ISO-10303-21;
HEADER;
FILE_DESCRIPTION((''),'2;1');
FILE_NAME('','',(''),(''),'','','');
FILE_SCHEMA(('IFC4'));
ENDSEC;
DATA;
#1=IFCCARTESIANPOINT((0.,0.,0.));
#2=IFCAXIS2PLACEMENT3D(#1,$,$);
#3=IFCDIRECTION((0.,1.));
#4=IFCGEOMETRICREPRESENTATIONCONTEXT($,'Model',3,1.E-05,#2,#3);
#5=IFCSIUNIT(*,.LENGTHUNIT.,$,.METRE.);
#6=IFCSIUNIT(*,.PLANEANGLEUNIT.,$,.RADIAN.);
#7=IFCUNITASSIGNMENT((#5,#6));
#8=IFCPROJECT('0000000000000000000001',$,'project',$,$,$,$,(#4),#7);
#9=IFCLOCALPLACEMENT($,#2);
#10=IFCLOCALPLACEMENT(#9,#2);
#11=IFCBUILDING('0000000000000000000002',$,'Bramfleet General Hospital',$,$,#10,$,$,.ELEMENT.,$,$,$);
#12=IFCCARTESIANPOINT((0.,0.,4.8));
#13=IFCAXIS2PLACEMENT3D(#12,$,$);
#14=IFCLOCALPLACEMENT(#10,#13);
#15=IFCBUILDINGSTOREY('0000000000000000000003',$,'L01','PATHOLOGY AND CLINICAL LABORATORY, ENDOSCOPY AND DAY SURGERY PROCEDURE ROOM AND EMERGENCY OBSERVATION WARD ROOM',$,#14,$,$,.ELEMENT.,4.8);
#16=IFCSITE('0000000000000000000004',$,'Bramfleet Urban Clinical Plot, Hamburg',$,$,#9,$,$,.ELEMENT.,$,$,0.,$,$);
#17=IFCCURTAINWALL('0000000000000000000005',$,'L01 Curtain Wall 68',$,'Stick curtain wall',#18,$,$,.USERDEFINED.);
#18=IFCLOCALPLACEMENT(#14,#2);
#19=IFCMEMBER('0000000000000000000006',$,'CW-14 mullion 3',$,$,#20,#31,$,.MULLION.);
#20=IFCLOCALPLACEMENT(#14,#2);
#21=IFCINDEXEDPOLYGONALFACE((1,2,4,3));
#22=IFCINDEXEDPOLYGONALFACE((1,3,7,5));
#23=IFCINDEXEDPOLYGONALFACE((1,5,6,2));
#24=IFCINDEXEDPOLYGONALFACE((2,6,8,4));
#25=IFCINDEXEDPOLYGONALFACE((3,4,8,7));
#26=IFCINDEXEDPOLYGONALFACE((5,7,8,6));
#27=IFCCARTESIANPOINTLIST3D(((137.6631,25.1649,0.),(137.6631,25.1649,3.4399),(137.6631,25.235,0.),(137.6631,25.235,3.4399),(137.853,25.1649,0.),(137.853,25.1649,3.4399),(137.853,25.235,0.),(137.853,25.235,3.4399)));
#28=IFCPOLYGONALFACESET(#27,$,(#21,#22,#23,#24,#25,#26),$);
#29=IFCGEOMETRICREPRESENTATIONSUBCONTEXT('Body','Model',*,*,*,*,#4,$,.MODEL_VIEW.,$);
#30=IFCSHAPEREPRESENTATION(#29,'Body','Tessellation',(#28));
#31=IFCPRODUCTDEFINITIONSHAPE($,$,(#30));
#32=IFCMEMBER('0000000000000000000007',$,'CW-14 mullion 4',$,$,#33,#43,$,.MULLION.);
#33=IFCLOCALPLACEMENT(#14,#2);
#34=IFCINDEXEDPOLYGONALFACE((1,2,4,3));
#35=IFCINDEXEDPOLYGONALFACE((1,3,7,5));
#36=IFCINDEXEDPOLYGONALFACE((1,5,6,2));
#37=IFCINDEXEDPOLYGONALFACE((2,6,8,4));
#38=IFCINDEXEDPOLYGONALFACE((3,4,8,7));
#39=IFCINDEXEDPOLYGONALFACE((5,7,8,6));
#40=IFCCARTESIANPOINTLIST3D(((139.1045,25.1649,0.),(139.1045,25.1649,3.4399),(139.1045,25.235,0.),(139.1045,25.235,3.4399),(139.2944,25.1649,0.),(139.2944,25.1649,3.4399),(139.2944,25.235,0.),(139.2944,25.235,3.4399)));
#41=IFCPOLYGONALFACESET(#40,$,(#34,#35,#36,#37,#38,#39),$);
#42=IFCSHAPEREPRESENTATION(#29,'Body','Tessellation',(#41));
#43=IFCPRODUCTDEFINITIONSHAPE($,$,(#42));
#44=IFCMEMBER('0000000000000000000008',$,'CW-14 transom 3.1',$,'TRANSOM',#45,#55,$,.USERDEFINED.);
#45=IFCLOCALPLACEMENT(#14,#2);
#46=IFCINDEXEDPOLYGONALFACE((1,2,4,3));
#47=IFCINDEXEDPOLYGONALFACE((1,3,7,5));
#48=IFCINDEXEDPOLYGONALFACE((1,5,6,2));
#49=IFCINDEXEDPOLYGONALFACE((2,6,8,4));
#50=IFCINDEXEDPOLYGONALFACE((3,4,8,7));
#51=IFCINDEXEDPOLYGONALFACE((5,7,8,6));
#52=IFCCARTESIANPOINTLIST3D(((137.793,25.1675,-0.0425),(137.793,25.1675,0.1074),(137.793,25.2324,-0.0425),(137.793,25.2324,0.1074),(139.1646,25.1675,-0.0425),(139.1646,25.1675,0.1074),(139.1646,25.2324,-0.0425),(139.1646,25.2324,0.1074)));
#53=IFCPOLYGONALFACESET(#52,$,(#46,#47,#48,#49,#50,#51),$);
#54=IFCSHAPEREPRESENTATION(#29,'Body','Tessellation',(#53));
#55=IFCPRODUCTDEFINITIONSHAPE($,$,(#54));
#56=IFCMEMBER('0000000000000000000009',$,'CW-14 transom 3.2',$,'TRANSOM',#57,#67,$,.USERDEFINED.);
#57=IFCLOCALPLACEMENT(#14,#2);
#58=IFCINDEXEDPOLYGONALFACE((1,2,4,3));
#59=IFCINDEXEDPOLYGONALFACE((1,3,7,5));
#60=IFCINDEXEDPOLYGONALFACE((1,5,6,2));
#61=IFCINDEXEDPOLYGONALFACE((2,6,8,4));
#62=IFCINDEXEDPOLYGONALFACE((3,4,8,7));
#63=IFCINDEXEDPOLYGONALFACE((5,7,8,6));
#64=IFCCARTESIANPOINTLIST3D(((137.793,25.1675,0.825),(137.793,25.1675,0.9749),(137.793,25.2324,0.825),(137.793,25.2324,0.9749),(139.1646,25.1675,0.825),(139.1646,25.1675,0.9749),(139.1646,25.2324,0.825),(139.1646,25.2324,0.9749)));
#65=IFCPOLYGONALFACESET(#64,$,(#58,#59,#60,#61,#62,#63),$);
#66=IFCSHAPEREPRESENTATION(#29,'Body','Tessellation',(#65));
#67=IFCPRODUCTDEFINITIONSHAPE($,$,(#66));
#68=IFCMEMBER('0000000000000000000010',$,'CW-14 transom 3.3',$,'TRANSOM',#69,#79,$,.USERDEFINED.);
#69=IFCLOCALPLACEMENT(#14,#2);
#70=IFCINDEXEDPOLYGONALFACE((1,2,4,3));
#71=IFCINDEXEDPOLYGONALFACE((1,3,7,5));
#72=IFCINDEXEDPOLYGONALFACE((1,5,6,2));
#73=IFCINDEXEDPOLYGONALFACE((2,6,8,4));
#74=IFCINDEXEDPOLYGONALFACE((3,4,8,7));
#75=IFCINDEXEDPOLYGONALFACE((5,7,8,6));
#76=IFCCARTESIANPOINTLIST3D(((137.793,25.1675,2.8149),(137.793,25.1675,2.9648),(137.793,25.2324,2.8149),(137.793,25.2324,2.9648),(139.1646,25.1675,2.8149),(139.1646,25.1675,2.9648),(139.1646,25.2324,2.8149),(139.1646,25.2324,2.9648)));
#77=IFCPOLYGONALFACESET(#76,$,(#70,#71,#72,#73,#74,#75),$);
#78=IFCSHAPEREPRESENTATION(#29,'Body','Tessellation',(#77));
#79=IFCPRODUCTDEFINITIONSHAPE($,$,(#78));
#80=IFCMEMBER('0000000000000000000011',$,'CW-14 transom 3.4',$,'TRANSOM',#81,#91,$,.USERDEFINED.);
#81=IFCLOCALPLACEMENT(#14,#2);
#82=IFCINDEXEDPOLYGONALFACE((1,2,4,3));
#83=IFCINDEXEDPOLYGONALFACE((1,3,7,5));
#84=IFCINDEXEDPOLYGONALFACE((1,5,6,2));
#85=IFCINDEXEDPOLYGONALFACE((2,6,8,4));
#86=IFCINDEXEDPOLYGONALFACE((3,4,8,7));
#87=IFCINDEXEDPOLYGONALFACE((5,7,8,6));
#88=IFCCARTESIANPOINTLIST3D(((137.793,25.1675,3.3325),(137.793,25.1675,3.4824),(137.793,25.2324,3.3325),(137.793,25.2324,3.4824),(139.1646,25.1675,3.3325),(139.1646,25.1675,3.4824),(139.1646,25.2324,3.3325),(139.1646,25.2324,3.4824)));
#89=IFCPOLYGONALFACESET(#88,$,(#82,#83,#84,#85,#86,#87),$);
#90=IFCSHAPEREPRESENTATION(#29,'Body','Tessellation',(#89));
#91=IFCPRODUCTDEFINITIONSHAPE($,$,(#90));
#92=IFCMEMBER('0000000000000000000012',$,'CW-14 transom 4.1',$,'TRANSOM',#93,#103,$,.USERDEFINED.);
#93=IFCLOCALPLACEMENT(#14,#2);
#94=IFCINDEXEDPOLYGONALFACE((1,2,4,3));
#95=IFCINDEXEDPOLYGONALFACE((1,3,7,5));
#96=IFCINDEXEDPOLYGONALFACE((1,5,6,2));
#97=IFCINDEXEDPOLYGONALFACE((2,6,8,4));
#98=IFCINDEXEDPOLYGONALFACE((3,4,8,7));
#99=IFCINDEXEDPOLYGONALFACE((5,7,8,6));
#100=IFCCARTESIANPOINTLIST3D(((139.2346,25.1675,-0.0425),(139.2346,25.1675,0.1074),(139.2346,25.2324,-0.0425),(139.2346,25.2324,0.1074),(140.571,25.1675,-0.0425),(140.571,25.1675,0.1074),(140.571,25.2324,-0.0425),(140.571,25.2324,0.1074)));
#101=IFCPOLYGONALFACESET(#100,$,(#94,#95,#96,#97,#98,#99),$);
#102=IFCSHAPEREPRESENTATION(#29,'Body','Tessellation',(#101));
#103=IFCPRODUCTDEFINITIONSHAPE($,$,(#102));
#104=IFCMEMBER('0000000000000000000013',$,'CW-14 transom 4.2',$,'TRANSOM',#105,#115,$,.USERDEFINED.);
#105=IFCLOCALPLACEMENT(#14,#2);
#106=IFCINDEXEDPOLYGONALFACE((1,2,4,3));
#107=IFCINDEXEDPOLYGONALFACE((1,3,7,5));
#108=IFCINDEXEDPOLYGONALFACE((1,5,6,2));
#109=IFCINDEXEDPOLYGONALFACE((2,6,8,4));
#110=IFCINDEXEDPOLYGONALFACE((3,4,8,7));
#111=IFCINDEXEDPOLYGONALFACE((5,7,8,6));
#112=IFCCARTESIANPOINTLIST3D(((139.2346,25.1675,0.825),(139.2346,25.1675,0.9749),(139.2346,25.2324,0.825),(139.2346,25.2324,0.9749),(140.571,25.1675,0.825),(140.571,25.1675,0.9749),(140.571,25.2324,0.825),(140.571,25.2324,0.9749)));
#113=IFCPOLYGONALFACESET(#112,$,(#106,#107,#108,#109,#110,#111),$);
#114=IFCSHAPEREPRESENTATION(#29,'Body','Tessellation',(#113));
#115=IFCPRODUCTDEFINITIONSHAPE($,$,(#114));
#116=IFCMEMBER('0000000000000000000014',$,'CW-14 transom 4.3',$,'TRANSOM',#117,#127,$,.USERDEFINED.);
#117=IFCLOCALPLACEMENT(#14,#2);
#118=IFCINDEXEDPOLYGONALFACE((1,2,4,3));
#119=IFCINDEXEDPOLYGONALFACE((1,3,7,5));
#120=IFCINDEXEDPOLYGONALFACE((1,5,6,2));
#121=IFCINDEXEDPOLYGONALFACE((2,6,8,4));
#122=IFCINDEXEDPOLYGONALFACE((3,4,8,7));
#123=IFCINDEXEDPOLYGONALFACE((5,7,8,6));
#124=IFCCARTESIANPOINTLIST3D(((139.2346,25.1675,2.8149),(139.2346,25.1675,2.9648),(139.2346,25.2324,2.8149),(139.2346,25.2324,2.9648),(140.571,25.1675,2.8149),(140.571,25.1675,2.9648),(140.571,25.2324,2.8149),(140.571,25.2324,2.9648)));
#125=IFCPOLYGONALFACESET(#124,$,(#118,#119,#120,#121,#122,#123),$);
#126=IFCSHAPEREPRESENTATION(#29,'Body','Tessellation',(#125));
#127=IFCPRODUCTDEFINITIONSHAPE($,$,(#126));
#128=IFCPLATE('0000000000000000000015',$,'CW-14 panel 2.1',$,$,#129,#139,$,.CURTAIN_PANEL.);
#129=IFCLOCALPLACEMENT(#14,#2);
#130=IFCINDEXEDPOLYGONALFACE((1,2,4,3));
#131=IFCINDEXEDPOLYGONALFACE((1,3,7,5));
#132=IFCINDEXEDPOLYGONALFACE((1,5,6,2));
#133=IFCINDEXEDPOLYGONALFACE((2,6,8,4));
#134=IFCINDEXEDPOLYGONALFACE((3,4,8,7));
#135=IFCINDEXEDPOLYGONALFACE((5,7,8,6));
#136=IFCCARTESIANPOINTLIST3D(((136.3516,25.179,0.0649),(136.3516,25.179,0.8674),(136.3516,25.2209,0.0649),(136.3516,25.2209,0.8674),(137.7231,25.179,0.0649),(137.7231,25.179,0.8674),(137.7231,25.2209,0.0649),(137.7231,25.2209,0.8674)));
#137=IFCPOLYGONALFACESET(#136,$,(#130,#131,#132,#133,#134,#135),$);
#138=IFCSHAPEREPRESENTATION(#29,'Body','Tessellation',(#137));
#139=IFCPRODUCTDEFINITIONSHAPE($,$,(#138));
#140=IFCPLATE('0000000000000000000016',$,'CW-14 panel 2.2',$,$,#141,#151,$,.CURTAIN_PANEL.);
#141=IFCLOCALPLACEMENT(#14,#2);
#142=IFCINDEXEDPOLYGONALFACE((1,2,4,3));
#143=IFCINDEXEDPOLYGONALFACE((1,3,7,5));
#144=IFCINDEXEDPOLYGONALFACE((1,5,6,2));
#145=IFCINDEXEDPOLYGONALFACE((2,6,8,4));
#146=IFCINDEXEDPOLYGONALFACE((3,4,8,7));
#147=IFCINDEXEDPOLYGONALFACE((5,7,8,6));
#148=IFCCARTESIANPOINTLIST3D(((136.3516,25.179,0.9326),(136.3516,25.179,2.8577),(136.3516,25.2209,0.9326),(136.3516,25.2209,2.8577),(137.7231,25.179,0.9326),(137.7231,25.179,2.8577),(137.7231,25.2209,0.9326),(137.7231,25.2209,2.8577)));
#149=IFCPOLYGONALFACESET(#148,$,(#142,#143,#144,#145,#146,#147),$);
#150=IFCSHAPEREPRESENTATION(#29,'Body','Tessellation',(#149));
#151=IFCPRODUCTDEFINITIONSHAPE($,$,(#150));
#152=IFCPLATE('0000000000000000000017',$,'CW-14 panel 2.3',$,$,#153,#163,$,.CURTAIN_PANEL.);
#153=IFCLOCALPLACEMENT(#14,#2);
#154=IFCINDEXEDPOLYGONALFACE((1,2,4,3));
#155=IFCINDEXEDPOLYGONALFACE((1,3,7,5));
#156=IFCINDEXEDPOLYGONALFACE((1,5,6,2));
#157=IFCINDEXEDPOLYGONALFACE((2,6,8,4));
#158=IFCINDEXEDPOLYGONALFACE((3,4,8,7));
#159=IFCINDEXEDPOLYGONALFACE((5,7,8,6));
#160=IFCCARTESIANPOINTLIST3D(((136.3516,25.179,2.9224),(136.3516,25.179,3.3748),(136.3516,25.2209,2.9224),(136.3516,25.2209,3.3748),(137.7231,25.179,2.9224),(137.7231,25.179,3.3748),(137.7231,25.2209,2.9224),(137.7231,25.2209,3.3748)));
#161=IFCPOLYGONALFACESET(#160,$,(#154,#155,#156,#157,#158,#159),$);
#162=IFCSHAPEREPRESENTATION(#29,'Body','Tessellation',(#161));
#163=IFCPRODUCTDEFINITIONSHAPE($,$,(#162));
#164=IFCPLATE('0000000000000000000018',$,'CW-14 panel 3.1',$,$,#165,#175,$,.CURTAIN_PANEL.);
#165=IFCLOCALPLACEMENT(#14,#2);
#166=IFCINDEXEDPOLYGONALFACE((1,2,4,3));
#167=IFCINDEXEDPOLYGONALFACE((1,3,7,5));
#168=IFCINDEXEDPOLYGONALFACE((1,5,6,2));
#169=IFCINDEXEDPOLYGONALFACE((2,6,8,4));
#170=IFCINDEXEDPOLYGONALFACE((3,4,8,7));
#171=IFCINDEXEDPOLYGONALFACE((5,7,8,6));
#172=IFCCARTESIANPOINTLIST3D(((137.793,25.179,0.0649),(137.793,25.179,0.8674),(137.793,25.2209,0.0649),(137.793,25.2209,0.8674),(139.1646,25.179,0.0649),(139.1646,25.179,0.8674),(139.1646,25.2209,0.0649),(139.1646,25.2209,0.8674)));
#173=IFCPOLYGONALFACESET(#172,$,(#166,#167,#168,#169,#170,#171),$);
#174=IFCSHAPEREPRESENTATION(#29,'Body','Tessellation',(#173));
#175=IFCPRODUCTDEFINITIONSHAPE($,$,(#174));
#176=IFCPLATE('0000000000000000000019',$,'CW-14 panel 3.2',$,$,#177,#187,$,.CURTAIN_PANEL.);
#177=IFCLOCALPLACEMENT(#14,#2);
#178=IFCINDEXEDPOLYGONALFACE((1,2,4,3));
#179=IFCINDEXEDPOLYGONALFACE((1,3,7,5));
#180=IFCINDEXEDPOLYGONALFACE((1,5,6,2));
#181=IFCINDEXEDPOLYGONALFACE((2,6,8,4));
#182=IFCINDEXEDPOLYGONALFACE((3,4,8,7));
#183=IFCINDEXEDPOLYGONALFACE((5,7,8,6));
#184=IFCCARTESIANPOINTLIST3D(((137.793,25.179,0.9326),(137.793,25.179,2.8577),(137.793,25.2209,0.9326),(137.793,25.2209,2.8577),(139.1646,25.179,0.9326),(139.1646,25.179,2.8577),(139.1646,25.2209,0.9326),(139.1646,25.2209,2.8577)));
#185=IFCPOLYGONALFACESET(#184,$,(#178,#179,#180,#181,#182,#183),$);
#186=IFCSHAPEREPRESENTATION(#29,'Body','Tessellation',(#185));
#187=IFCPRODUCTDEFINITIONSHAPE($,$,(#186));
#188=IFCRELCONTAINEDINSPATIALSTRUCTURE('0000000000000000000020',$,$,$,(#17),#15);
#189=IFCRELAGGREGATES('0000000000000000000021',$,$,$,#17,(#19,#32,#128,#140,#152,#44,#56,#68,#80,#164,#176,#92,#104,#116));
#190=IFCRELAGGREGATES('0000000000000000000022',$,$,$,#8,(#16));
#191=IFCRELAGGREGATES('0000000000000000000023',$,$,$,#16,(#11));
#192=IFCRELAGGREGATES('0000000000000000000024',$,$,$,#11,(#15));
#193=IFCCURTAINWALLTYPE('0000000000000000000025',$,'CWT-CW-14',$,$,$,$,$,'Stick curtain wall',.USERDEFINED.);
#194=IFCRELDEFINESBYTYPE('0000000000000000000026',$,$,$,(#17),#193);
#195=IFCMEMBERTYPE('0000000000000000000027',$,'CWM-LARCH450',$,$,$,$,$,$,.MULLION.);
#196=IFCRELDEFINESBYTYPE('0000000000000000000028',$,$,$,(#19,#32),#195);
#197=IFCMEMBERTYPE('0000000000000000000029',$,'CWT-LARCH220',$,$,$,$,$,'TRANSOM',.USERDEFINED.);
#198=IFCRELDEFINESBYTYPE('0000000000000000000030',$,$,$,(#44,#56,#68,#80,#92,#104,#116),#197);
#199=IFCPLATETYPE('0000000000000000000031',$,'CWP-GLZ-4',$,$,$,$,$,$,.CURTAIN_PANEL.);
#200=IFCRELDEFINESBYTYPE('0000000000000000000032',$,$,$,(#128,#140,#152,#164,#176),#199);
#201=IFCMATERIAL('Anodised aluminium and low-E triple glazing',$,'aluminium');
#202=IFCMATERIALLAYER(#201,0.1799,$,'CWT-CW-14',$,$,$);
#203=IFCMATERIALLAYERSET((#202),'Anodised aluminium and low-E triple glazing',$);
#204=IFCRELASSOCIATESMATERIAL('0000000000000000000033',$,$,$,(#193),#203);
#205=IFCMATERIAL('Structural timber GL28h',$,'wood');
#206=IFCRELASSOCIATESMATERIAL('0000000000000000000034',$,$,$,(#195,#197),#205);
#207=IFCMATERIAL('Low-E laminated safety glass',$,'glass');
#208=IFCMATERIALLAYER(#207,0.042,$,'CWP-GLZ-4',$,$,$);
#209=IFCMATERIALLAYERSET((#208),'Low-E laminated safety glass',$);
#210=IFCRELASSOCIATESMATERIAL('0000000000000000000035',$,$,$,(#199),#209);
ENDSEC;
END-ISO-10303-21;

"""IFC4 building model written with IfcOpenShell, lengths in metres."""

from ifc_helpers import new_model, si_unit, direction, frame, origin, origin_2d, place, context, subcontext, project, spatial, rectangle, extrude, material, layer, layer_set, material_profile, profile_set, type_object, element, aggregate, save


model = new_model("IFC4")

# Units and contexts
model_context = context("Model", 3, precision=1e-05, world=origin(), true_north=direction((0.0, 1.0)))
body_context = subcontext(model_context, "Body", "Model", "MODEL_VIEW")
ifc_project = project(units=[si_unit("LENGTHUNIT", "METRE"), si_unit("PLANEANGLEUNIT", "RADIAN")], contexts=[model_context])

# Site, building, storey
site_placement = place(None, origin())
site = spatial("IfcSite", under=ifc_project, at=site_placement, Name="Bramfleet Urban Clinical Plot, Hamburg", CompositionType="ELEMENT", RefElevation=0.0)
building_placement = place(site_placement, origin())
building = spatial("IfcBuilding", under=site, at=building_placement, Name="Bramfleet General Hospital", CompositionType="ELEMENT")
storey_placement = place(building_placement, frame((0.0, 0.0, 4.8)))
storey = spatial("IfcBuildingStorey", under=building, at=storey_placement, Name="L01", Description="PATHOLOGY AND CLINICAL LABORATORY, ENDOSCOPY AND DAY SURGERY PROCEDURE ROOM AND EMERGENCY OBSERVATION WARD ROOM", CompositionType="ELEMENT", Elevation=4.8)

# Curtain wall, members, plates
ifc_material_1 = material(Name="Anodised aluminium and low-E triple glazing", Category="aluminium")
ifc_layer_1 = layer(ifc_material_1, 0.1799, Name="CWT-CW-14")
ifc_layer_set_1 = layer_set([ifc_layer_1], Name="Anodised aluminium and low-E triple glazing")
curtain_wall_type = type_object("IfcCurtainWallType", Name="CWT-CW-14", ElementType="Stick curtain wall", PredefinedType="USERDEFINED", material=ifc_layer_set_1)
curtain_wall_placement = place(storey_placement, origin())
curtain_wall = element("IfcCurtainWall", 1, at=curtain_wall_placement, inside=storey, type_object=curtain_wall_type, Name="L01 Curtain Wall 68", ObjectType="Stick curtain wall", PredefinedType="USERDEFINED")
ifc_material_2 = material(Name="Structural timber GL28h", Category="wood")
ifc_material_profile_1 = material_profile(ifc_material_2, rectangle(XDim=0.0701, YDim=0.1899, at=origin_2d()), Name="LARCH 190x70")
ifc_profile_set_1 = profile_set([ifc_material_profile_1], Name="Structural timber GL28h")
member_type_1 = type_object("IfcMemberType", Name="CWM-LARCH450", PredefinedType="MULLION", material=ifc_profile_set_1)
member_1_placement = place(storey_placement, frame((137.7581, 25.2, 0.0), z_axis=(0.0, 0.0, 1.0), x_axis=(0.0, 1.0, 0.0)))
member_1 = element("IfcMember", 2, at=member_1_placement, type_object=member_type_1, Name="CW-14 mullion 3", PredefinedType="MULLION", context=body_context, shape_type="SweptSolid", body=[
    extrude(rectangle(XDim=0.0701, YDim=0.1899, at=origin_2d()), origin(), (0.0, 0.0, 1.0), 3.4399),
])
member_2_placement = place(storey_placement, frame((139.1995, 25.2, 0.0), z_axis=(0.0, 0.0, 1.0), x_axis=(0.0, 1.0, 0.0)))
member_2 = element("IfcMember", 3, at=member_2_placement, type_object=member_type_1, Name="CW-14 mullion 4", PredefinedType="MULLION", context=body_context, shape_type="SweptSolid", body=[
    extrude(rectangle(XDim=0.0701, YDim=0.1899, at=origin_2d()), origin(), (0.0, 0.0, 1.0), 3.4399),
])
ifc_material_profile_2 = material_profile(ifc_material_2, rectangle(XDim=0.0649, YDim=0.1499, at=origin_2d()), Name="LARCH 150x65")
ifc_profile_set_2 = profile_set([ifc_material_profile_2], Name="Structural timber GL28h")
member_type_2 = type_object("IfcMemberType", Name="CWT-LARCH220", ElementType="TRANSOM", PredefinedType="USERDEFINED", material=ifc_profile_set_2)
member_3_placement = place(storey_placement, frame((137.793, 25.2, 0.0325), z_axis=(1.0, 0.0, 0.0), x_axis=(0.0, 1.0, 0.0)))
member_3 = element("IfcMember", 4, at=member_3_placement, type_object=member_type_2, Name="CW-14 transom 3.1", ObjectType="TRANSOM", PredefinedType="USERDEFINED", context=body_context, shape_type="SweptSolid", body=[
    extrude(rectangle(XDim=0.0649, YDim=0.1499, at=origin_2d()), origin(), (0.0, 0.0, 1.0), 1.3716),
])
member_4_placement = place(storey_placement, frame((137.793, 25.2, 0.8999), z_axis=(1.0, 0.0, 0.0), x_axis=(0.0, 1.0, 0.0)))
member_4 = element("IfcMember", 5, at=member_4_placement, type_object=member_type_2, Name="CW-14 transom 3.2", ObjectType="TRANSOM", PredefinedType="USERDEFINED", context=body_context, shape_type="SweptSolid", body=[
    extrude(rectangle(XDim=0.0649, YDim=0.1499, at=origin_2d()), origin(), (0.0, 0.0, 1.0), 1.3716),
])
member_5_placement = place(storey_placement, frame((137.793, 25.2, 2.8899), z_axis=(1.0, 0.0, 0.0), x_axis=(0.0, 1.0, 0.0)))
member_5 = element("IfcMember", 6, at=member_5_placement, type_object=member_type_2, Name="CW-14 transom 3.3", ObjectType="TRANSOM", PredefinedType="USERDEFINED", context=body_context, shape_type="SweptSolid", body=[
    extrude(rectangle(XDim=0.0649, YDim=0.1499, at=origin_2d()), origin(), (0.0, 0.0, 1.0), 1.3716),
])
member_6_placement = place(storey_placement, frame((137.793, 25.2, 3.4075), z_axis=(1.0, 0.0, 0.0), x_axis=(0.0, 1.0, 0.0)))
member_6 = element("IfcMember", 7, at=member_6_placement, type_object=member_type_2, Name="CW-14 transom 3.4", ObjectType="TRANSOM", PredefinedType="USERDEFINED", context=body_context, shape_type="SweptSolid", body=[
    extrude(rectangle(XDim=0.0649, YDim=0.1499, at=origin_2d()), origin(), (0.0, 0.0, 1.0), 1.3716),
])
member_7_placement = place(storey_placement, frame((139.2346, 25.2, 0.0325), z_axis=(1.0, 0.0, 0.0), x_axis=(0.0, 1.0, 0.0)))
member_7 = element("IfcMember", 8, at=member_7_placement, type_object=member_type_2, Name="CW-14 transom 4.1", ObjectType="TRANSOM", PredefinedType="USERDEFINED", context=body_context, shape_type="SweptSolid", body=[
    extrude(rectangle(XDim=0.0649, YDim=0.1499, at=origin_2d()), origin(), (0.0, 0.0, 1.0), 1.3364),
])
member_8_placement = place(storey_placement, frame((139.2346, 25.2, 0.8999), z_axis=(1.0, 0.0, 0.0), x_axis=(0.0, 1.0, 0.0)))
member_8 = element("IfcMember", 9, at=member_8_placement, type_object=member_type_2, Name="CW-14 transom 4.2", ObjectType="TRANSOM", PredefinedType="USERDEFINED", context=body_context, shape_type="SweptSolid", body=[
    extrude(rectangle(XDim=0.0649, YDim=0.1499, at=origin_2d()), origin(), (0.0, 0.0, 1.0), 1.3364),
])
member_9_placement = place(storey_placement, frame((139.2346, 25.2, 2.8899), z_axis=(1.0, 0.0, 0.0), x_axis=(0.0, 1.0, 0.0)))
member_9 = element("IfcMember", 10, at=member_9_placement, type_object=member_type_2, Name="CW-14 transom 4.3", ObjectType="TRANSOM", PredefinedType="USERDEFINED", context=body_context, shape_type="SweptSolid", body=[
    extrude(rectangle(XDim=0.0649, YDim=0.1499, at=origin_2d()), origin(), (0.0, 0.0, 1.0), 1.3364),
])
ifc_material_3 = material(Name="Low-E laminated safety glass", Category="glass")
ifc_layer_2 = layer(ifc_material_3, 0.042, Name="CWP-GLZ-4")
ifc_layer_set_2 = layer_set([ifc_layer_2], Name="Low-E laminated safety glass")
plate_type = type_object("IfcPlateType", Name="CWP-GLZ-4", PredefinedType="CURTAIN_PANEL", material=ifc_layer_set_2)
plate_1_placement = place(storey_placement, frame((137.0374, 25.2, 0.0649), z_axis=(0.0, 0.0, 1.0), x_axis=(1.0, 0.0, 0.0)))
plate_1 = element("IfcPlate", 11, at=plate_1_placement, type_object=plate_type, Name="CW-14 panel 2.1", PredefinedType="CURTAIN_PANEL", context=body_context, shape_type="SweptSolid", body=[
    extrude(rectangle(XDim=1.3716, YDim=0.042, at=origin_2d()), origin(), (0.0, 0.0, 1.0), 0.8025),
])
plate_2_placement = place(storey_placement, frame((137.0374, 25.2, 0.9326), z_axis=(0.0, 0.0, 1.0), x_axis=(1.0, 0.0, 0.0)))
plate_2 = element("IfcPlate", 12, at=plate_2_placement, type_object=plate_type, Name="CW-14 panel 2.2", PredefinedType="CURTAIN_PANEL", context=body_context, shape_type="SweptSolid", body=[
    extrude(rectangle(XDim=1.3716, YDim=0.042, at=origin_2d()), origin(), (0.0, 0.0, 1.0), 1.925),
])
plate_3_placement = place(storey_placement, frame((137.0374, 25.2, 2.9224), z_axis=(0.0, 0.0, 1.0), x_axis=(1.0, 0.0, 0.0)))
plate_3 = element("IfcPlate", 13, at=plate_3_placement, type_object=plate_type, Name="CW-14 panel 2.3", PredefinedType="CURTAIN_PANEL", context=body_context, shape_type="SweptSolid", body=[
    extrude(rectangle(XDim=1.3716, YDim=0.042, at=origin_2d()), origin(), (0.0, 0.0, 1.0), 0.4524),
])
plate_4_placement = place(storey_placement, frame((138.4788, 25.2, 0.0649), z_axis=(0.0, 0.0, 1.0), x_axis=(1.0, 0.0, 0.0)))
plate_4 = element("IfcPlate", 14, at=plate_4_placement, type_object=plate_type, Name="CW-14 panel 3.1", PredefinedType="CURTAIN_PANEL", context=body_context, shape_type="SweptSolid", body=[
    extrude(rectangle(XDim=1.3716, YDim=0.042, at=origin_2d()), origin(), (0.0, 0.0, 1.0), 0.8025),
])
plate_5_placement = place(storey_placement, frame((138.4788, 25.2, 0.9326), z_axis=(0.0, 0.0, 1.0), x_axis=(1.0, 0.0, 0.0)))
plate_5 = element("IfcPlate", 15, at=plate_5_placement, type_object=plate_type, Name="CW-14 panel 3.2", PredefinedType="CURTAIN_PANEL", context=body_context, shape_type="SweptSolid", body=[
    extrude(rectangle(XDim=1.3716, YDim=0.042, at=origin_2d()), origin(), (0.0, 0.0, 1.0), 1.925),
])
aggregate(curtain_wall, [member_1, member_2, plate_1, plate_2, plate_3, member_3, member_4, member_5, member_6, plate_4, plate_5, member_7, member_8, member_9])

save(model, "model.ifc")
